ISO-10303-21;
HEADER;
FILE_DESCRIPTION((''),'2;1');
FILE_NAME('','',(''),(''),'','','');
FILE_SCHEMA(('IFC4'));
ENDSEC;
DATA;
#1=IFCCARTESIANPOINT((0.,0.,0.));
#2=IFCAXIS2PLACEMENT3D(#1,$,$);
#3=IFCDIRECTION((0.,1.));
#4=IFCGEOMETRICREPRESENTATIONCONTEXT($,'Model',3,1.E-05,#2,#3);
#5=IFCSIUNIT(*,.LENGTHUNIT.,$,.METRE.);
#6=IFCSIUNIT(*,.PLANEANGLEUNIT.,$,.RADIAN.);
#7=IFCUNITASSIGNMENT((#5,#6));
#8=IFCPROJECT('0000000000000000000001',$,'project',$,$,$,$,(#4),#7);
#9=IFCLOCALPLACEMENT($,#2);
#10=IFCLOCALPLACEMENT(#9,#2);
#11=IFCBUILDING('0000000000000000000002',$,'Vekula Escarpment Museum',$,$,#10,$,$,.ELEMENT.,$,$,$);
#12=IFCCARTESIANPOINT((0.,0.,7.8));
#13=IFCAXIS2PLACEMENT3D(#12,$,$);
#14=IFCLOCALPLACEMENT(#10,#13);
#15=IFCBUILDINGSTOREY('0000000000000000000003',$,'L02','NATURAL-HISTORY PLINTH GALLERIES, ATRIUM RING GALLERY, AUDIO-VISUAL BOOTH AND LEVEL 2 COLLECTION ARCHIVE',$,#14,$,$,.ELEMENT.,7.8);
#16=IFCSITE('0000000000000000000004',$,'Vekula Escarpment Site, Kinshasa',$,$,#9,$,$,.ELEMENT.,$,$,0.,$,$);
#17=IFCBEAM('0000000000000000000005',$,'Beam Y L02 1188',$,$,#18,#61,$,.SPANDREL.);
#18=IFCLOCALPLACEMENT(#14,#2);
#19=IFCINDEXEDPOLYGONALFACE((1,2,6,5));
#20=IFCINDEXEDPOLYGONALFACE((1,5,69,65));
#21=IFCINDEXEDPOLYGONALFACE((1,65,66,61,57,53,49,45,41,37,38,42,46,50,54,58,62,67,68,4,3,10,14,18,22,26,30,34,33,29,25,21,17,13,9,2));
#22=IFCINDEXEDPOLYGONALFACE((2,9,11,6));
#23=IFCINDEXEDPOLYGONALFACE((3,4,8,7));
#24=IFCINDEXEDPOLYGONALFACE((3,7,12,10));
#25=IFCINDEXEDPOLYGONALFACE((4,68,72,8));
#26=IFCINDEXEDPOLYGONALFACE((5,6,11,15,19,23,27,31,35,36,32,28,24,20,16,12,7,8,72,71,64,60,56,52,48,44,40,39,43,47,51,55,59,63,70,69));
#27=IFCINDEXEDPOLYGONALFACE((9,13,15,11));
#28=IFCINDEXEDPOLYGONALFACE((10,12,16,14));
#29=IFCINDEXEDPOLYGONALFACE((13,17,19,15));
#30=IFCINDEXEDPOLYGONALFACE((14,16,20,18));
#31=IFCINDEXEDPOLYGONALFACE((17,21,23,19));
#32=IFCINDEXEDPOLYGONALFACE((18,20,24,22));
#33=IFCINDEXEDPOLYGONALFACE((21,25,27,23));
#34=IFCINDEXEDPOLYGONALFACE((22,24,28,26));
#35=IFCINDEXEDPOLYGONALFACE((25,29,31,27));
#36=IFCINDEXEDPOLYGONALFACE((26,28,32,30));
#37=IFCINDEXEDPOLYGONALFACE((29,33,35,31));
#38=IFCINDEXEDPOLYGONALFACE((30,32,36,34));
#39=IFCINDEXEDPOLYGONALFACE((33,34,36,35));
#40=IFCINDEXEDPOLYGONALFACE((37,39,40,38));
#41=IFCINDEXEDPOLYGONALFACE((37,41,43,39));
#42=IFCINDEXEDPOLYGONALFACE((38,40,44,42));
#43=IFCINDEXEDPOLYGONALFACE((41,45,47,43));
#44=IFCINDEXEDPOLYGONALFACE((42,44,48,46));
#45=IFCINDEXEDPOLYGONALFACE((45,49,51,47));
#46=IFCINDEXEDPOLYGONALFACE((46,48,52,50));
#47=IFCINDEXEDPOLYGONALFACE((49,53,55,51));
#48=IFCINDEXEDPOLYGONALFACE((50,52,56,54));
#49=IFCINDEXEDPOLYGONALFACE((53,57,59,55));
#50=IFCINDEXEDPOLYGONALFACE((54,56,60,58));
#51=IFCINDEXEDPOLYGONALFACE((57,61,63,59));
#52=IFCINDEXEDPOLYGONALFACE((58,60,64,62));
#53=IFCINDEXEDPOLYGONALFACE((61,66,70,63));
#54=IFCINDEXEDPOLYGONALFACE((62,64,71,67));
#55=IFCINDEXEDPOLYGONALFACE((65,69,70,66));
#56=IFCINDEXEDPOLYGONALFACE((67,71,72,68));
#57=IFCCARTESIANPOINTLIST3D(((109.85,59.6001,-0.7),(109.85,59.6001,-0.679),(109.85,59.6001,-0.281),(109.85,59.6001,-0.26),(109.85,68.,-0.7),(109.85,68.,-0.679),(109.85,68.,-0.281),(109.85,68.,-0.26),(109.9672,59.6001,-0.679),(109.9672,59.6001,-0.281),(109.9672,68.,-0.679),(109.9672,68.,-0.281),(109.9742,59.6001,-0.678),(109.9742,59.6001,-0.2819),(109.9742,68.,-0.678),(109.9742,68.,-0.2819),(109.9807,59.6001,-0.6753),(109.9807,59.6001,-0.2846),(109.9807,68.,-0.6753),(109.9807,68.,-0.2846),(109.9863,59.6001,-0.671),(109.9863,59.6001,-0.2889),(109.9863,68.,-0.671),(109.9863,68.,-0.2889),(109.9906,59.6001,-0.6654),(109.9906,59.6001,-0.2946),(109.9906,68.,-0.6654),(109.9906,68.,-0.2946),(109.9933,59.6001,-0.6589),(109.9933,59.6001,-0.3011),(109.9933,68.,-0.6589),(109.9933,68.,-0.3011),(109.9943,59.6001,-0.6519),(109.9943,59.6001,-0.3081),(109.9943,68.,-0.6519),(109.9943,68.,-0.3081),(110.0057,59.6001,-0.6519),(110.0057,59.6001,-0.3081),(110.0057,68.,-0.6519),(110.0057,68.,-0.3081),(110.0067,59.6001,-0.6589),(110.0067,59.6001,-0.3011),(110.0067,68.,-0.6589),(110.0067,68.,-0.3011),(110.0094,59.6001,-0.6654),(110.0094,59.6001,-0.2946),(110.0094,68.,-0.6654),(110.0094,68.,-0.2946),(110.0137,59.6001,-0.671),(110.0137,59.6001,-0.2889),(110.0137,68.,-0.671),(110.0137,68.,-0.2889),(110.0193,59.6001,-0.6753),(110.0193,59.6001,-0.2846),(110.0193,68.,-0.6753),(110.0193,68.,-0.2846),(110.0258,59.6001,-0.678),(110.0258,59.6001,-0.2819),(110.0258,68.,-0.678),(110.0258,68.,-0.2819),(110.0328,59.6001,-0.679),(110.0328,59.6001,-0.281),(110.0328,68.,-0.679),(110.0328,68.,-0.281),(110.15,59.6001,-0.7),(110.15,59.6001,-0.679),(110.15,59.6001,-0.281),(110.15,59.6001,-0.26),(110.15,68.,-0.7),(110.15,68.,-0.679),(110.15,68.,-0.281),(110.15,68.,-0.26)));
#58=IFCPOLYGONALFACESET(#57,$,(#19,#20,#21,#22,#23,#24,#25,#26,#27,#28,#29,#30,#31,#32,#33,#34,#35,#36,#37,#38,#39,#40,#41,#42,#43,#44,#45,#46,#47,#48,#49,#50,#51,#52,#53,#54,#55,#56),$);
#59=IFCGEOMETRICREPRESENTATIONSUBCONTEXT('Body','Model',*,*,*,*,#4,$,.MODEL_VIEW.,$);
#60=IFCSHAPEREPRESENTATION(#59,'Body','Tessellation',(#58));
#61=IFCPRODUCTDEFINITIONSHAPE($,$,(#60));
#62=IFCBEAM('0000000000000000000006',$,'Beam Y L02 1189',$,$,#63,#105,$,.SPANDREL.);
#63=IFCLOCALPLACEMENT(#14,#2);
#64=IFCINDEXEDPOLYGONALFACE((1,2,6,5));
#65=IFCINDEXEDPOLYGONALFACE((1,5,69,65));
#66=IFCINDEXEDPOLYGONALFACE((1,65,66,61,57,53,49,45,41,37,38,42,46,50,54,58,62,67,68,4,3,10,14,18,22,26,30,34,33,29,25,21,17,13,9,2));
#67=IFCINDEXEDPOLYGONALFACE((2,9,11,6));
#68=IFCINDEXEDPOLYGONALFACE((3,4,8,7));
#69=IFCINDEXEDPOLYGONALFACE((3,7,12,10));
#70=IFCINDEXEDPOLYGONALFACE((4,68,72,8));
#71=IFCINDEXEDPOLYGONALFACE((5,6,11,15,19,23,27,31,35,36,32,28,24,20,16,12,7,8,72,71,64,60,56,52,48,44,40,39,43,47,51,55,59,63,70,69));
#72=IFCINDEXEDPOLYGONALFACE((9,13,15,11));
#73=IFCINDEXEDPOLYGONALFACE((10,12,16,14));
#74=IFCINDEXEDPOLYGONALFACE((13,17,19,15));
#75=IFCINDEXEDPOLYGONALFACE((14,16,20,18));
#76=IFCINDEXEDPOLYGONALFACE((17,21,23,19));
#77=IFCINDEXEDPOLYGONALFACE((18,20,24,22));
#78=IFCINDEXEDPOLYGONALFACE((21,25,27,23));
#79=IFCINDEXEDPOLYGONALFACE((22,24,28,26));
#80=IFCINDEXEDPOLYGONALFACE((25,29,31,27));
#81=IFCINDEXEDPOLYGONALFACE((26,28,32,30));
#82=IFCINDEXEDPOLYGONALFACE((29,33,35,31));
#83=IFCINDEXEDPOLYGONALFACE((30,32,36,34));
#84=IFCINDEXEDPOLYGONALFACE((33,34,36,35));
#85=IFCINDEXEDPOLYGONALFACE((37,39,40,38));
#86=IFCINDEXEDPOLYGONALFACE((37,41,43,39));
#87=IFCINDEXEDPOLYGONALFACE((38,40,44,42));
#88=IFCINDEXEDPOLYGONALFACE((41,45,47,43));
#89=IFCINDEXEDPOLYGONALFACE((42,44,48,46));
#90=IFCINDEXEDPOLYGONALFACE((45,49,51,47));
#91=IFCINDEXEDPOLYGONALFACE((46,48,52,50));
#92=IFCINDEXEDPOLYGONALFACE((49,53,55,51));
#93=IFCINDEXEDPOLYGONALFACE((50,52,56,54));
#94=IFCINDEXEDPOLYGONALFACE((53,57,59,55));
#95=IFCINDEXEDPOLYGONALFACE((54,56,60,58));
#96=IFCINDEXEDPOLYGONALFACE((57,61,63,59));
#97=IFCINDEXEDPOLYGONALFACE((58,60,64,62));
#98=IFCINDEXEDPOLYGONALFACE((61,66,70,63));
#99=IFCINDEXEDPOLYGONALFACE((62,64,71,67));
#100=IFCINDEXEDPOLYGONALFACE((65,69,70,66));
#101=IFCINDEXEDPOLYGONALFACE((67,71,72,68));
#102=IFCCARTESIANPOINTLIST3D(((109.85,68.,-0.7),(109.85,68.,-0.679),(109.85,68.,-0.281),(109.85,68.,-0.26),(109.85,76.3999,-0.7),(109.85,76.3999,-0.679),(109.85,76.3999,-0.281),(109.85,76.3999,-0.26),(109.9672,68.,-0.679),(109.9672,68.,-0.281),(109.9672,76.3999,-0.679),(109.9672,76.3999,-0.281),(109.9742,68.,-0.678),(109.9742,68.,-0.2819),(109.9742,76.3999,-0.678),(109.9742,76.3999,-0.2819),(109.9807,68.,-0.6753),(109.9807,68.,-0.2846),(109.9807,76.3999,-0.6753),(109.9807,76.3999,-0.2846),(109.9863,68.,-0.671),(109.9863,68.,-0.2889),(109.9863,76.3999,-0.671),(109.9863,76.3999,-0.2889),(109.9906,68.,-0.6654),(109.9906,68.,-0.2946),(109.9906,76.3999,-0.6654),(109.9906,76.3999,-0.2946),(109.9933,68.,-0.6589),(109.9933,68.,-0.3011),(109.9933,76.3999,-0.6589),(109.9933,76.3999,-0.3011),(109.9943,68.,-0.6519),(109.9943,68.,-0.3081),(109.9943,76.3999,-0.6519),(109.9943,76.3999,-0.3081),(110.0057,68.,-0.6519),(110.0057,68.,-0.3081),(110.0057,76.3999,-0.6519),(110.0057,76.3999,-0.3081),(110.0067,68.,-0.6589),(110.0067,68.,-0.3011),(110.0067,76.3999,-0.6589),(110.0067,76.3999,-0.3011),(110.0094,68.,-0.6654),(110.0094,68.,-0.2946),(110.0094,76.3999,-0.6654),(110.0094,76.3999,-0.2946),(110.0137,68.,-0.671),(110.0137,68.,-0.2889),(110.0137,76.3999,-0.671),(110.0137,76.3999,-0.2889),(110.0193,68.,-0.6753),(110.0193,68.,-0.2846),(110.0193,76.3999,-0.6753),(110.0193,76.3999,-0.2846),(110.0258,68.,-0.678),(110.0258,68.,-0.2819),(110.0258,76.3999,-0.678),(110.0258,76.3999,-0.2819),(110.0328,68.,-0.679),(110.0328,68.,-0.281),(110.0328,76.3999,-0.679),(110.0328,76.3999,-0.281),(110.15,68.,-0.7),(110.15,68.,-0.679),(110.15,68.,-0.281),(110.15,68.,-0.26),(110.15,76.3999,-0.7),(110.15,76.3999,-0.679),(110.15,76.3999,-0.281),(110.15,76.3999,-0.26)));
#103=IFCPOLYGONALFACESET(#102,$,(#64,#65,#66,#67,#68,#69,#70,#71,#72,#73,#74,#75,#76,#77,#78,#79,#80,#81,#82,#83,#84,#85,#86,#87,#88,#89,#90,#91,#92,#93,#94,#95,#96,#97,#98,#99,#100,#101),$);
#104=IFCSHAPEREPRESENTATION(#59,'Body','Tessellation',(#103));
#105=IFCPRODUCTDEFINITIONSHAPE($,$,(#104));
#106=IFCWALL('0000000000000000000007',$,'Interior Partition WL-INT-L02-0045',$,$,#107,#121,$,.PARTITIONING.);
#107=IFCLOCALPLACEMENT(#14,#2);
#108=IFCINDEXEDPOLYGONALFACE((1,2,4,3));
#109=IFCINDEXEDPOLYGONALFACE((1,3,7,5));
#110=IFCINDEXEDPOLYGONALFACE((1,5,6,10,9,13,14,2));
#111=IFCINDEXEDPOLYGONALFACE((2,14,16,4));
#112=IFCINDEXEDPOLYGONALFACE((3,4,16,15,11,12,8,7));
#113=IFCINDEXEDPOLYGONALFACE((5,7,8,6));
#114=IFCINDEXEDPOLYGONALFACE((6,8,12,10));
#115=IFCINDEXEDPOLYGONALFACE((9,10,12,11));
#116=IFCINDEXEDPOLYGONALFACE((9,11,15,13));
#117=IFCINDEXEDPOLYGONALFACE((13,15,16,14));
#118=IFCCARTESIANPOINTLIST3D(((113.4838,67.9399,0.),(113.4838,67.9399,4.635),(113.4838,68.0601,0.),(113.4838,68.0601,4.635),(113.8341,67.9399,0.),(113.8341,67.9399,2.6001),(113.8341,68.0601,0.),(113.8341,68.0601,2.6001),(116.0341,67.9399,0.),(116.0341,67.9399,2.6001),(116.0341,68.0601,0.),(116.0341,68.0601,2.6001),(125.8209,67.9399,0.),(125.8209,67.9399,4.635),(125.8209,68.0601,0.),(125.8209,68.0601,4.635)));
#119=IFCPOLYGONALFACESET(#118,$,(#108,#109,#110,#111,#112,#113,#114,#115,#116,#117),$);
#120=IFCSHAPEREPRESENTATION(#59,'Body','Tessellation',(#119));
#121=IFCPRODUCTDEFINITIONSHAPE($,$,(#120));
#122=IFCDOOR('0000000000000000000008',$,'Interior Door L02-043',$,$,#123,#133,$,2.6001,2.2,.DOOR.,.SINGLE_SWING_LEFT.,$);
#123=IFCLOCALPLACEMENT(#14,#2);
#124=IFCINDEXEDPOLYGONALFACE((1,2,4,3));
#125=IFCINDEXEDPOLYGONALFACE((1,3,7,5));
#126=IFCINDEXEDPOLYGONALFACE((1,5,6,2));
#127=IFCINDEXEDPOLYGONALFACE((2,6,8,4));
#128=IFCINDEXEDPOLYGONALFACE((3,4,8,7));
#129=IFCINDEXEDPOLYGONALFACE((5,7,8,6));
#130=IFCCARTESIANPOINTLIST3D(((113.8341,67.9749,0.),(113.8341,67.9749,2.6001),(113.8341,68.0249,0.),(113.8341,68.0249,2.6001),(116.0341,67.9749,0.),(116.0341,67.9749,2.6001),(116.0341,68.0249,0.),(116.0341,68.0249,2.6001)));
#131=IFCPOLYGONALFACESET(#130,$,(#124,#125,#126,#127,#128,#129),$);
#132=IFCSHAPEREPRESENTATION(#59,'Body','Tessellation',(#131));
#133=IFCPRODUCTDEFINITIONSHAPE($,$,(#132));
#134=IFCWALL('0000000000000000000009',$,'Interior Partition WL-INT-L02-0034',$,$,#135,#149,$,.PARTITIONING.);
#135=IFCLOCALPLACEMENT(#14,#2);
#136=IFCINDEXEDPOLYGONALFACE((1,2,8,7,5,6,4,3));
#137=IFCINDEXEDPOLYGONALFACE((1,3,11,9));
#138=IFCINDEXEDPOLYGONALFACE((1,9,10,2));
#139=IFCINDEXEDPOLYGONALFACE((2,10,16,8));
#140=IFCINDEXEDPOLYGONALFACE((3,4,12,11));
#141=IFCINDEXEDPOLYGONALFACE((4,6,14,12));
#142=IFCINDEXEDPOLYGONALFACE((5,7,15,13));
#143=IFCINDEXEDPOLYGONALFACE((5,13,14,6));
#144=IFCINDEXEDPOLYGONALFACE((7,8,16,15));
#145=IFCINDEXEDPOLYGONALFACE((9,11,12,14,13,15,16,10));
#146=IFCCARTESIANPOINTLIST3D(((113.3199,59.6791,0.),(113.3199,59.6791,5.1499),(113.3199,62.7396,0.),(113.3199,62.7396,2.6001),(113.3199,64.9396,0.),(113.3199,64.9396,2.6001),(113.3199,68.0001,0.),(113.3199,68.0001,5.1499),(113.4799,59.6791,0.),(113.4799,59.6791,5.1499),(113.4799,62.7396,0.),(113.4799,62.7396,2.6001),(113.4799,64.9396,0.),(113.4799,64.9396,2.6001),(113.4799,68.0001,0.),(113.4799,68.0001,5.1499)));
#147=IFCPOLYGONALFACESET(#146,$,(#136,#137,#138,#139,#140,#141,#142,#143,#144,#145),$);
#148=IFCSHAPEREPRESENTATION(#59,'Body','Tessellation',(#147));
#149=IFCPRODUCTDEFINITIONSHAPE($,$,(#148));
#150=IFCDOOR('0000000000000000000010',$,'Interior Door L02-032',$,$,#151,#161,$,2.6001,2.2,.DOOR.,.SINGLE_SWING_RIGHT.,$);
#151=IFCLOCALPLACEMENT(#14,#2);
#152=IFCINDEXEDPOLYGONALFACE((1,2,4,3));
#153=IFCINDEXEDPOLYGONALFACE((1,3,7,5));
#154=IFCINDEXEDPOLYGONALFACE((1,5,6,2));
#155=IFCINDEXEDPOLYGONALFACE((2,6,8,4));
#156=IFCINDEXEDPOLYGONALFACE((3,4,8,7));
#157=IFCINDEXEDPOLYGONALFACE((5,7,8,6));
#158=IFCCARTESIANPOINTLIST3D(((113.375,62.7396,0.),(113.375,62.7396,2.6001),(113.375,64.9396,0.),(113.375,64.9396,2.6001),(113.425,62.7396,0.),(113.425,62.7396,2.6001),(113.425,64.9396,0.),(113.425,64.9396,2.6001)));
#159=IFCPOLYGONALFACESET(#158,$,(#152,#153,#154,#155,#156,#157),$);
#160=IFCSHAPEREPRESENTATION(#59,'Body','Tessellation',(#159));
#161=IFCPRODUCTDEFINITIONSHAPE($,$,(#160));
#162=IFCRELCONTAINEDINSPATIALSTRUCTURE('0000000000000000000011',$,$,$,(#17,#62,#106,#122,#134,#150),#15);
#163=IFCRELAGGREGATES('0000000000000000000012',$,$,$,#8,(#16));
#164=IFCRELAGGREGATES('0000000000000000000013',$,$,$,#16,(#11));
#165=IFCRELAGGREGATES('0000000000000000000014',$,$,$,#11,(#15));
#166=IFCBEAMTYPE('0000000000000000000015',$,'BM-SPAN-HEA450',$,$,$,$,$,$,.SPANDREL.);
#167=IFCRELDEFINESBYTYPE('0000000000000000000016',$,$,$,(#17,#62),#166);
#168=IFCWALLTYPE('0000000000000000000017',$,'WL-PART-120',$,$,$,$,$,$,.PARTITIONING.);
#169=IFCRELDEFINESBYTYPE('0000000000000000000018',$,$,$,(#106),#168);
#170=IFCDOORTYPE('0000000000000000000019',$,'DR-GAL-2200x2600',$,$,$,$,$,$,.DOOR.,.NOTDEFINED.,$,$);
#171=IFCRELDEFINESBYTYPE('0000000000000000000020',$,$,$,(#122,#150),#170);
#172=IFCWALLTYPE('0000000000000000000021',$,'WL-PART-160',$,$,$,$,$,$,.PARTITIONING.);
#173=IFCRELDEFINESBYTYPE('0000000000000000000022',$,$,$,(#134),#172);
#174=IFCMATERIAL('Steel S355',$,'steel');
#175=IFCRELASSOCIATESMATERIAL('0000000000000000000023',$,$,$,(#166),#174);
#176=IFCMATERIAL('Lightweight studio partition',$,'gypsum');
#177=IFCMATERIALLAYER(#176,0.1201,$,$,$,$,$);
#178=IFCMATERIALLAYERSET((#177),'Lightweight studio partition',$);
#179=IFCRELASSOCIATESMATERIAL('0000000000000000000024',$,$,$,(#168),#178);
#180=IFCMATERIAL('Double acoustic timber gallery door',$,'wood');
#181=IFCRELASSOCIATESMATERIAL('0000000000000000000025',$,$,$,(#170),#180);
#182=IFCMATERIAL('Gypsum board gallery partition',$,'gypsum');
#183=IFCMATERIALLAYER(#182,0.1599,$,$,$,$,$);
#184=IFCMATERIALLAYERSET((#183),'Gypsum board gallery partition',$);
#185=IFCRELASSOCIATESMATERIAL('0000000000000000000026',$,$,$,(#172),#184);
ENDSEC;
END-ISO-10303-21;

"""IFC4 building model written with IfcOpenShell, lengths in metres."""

from ifc_helpers import new_model, si_unit, direction, frame, frame_2d, origin, origin_2d, place, context, subcontext, project, spatial, rectangle, i_section, extrude, material, layer, layer_set, material_profile, profile_set, type_object, element, fill, save


model = new_model("IFC4")

# Units and contexts
model_context = context("Model", 3, precision=1e-05, world=origin(), true_north=direction((0.0, 1.0)))
body_context = subcontext(model_context, "Body", "Model", "MODEL_VIEW")
ifc_project = project(units=[si_unit("LENGTHUNIT", "METRE"), si_unit("PLANEANGLEUNIT", "RADIAN")], contexts=[model_context])

# Site, building, storey
site_placement = place(None, origin())
site = spatial("IfcSite", under=ifc_project, at=site_placement, Name="Vekula Escarpment Site, Kinshasa", CompositionType="ELEMENT", RefElevation=0.0)
building_placement = place(site_placement, origin())
building = spatial("IfcBuilding", under=site, at=building_placement, Name="Vekula Escarpment Museum", CompositionType="ELEMENT")
storey_placement = place(building_placement, frame((0.0, 0.0, 7.8)))
storey = spatial("IfcBuildingStorey", under=building, at=storey_placement, Name="L02", Description="NATURAL-HISTORY PLINTH GALLERIES, ATRIUM RING GALLERY, AUDIO-VISUAL BOOTH AND LEVEL 2 COLLECTION ARCHIVE", CompositionType="ELEMENT", Elevation=7.8)

# Beams
ifc_material_1 = material(Name="Steel S355", Category="steel")
ifc_material_profile_1 = material_profile(ifc_material_1, i_section(OverallWidth=0.3, OverallDepth=0.4399, WebThickness=0.0115, FlangeThickness=0.021, FilletRadius=0.0271, at=origin_2d()), Name="HEA 450")
ifc_profile_set_1 = profile_set([ifc_material_profile_1], Name="Steel S355")
beam_type_1 = type_object("IfcBeamType", Name="BM-SPAN-HEA450", PredefinedType="SPANDREL", material=ifc_profile_set_1)
for number, where, z_axis, x_axis, name in (
    (1, (110.0, 59.6001, -0.48), (0.0, 1.0, 0.0), (-1.0, 0.0, 0.0), "Beam Y L02 1188"),
    (2, (110.0, 68.0, -0.48), (0.0, 1.0, 0.0), (-1.0, 0.0, 0.0), "Beam Y L02 1189"),
):
    element("IfcBeam", number, at=place(storey_placement, frame(where, z_axis=z_axis, x_axis=x_axis)), inside=storey, type_object=beam_type_1, Name=name, PredefinedType="SPANDREL", context=body_context, shape_type="SweptSolid", body=[
        extrude(i_section(OverallWidth=0.3, OverallDepth=0.4399, WebThickness=0.0115, FlangeThickness=0.021, FilletRadius=0.0271, at=origin_2d()), origin(), (0.0, 0.0, 1.0), 8.3999),
    ])

# Walls, openings, doors
ifc_material_2 = material(Name="Lightweight studio partition", Category="gypsum")
ifc_layer_1 = layer(ifc_material_2, 0.1201)
ifc_layer_set_1 = layer_set([ifc_layer_1], Name="Lightweight studio partition")
wall_type_1 = type_object("IfcWallType", Name="WL-PART-120", PredefinedType="PARTITIONING", material=ifc_layer_set_1)
wall_1_placement = place(storey_placement, frame((113.4839, 68.0, 0.0), z_axis=(0.0, 0.0, 1.0), x_axis=(1.0, 0.0, 0.0)))
wall_1 = element("IfcWall", 3, at=wall_1_placement, inside=storey, type_object=wall_type_1, Name="Interior Partition WL-INT-L02-0045", PredefinedType="PARTITIONING", context=body_context, shape_type="SweptSolid", body=[
    extrude(rectangle(XDim=12.3372, YDim=0.1201, at=frame_2d((6.1685, 0.0))), origin(), (0.0, 0.0, 1.0), 4.635),
])
opening_1_placement = place(wall_1_placement, frame((0.3501, 0.0, 0.0)))
opening_1 = element("IfcOpeningElement", 4, at=opening_1_placement, cuts=wall_1, PredefinedType="OPENING", context=body_context, shape_type="SweptSolid", body=[
    extrude(rectangle(XDim=2.2, YDim=2.6001, at=frame_2d((1.1001, 1.3))), frame((0.0, 0.0701, 0.0), z_axis=(0.0, -1.0, 0.0), x_axis=(1.0, 0.0, 0.0)), (0.0, 0.0, 1.0), 0.1401),
])
ifc_material_3 = material(Name="Double acoustic timber gallery door", Category="wood")
door_type_1 = type_object("IfcDoorType", Name="DR-GAL-2200x2600", OperationType="NOTDEFINED", PredefinedType="DOOR", material=ifc_material_3)
door_1_placement = place(opening_1_placement, origin())
door_1 = element("IfcDoor", 5, at=door_1_placement, inside=storey, type_object=door_type_1, Name="Interior Door L02-043", OperationType="SINGLE_SWING_LEFT", OverallHeight=2.6001, OverallWidth=2.2, PredefinedType="DOOR", context=body_context, shape_type="SweptSolid", body=[
    extrude(rectangle(XDim=2.2, YDim=2.6001, at=frame_2d((1.1001, 1.3))), frame((0.0, 0.0249, 0.0), z_axis=(0.0, -1.0, 0.0), x_axis=(1.0, 0.0, 0.0)), (0.0, 0.0, 1.0), 0.05),
])
fill(opening_1, door_1)
ifc_material_4 = material(Name="Gypsum board gallery partition", Category="gypsum")
ifc_layer_2 = layer(ifc_material_4, 0.1599)
ifc_layer_set_2 = layer_set([ifc_layer_2], Name="Gypsum board gallery partition")
wall_type_2 = type_object("IfcWallType", Name="WL-PART-160", PredefinedType="PARTITIONING", material=ifc_layer_set_2)
wall_2_placement = place(storey_placement, frame((113.3999, 59.679, 0.0), z_axis=(0.0, 0.0, 1.0), x_axis=(0.0, 1.0, 0.0)))
wall_2 = element("IfcWall", 6, at=wall_2_placement, inside=storey, type_object=wall_type_2, Name="Interior Partition WL-INT-L02-0034", PredefinedType="PARTITIONING", context=body_context, shape_type="SweptSolid", body=[
    extrude(rectangle(XDim=8.321, YDim=0.1599, at=frame_2d((4.1606, 0.0))), origin(), (0.0, 0.0, 1.0), 5.1499),
])
opening_2_placement = place(wall_2_placement, frame((3.0605, 0.0, 0.0)))
opening_2 = element("IfcOpeningElement", 7, at=opening_2_placement, cuts=wall_2, PredefinedType="OPENING", context=body_context, shape_type="SweptSolid", body=[
    extrude(rectangle(XDim=2.2, YDim=2.6001, at=frame_2d((1.1001, 1.3))), frame((0.0, 0.0898, 0.0), z_axis=(0.0, -1.0, 0.0), x_axis=(1.0, 0.0, 0.0)), (0.0, 0.0, 1.0), 0.1799),
])
door_2_placement = place(opening_2_placement, origin())
door_2 = element("IfcDoor", 8, at=door_2_placement, inside=storey, type_object=door_type_1, Name="Interior Door L02-032", OperationType="SINGLE_SWING_RIGHT", OverallHeight=2.6001, OverallWidth=2.2, PredefinedType="DOOR", context=body_context, shape_type="SweptSolid", body=[
    extrude(rectangle(XDim=2.2, YDim=2.6001, at=frame_2d((1.1001, 1.3))), frame((0.0, 0.0249, 0.0), z_axis=(0.0, -1.0, 0.0), x_axis=(1.0, 0.0, 0.0)), (0.0, 0.0, 1.0), 0.05),
])
fill(opening_2, door_2)

save(model, "model.ifc")
